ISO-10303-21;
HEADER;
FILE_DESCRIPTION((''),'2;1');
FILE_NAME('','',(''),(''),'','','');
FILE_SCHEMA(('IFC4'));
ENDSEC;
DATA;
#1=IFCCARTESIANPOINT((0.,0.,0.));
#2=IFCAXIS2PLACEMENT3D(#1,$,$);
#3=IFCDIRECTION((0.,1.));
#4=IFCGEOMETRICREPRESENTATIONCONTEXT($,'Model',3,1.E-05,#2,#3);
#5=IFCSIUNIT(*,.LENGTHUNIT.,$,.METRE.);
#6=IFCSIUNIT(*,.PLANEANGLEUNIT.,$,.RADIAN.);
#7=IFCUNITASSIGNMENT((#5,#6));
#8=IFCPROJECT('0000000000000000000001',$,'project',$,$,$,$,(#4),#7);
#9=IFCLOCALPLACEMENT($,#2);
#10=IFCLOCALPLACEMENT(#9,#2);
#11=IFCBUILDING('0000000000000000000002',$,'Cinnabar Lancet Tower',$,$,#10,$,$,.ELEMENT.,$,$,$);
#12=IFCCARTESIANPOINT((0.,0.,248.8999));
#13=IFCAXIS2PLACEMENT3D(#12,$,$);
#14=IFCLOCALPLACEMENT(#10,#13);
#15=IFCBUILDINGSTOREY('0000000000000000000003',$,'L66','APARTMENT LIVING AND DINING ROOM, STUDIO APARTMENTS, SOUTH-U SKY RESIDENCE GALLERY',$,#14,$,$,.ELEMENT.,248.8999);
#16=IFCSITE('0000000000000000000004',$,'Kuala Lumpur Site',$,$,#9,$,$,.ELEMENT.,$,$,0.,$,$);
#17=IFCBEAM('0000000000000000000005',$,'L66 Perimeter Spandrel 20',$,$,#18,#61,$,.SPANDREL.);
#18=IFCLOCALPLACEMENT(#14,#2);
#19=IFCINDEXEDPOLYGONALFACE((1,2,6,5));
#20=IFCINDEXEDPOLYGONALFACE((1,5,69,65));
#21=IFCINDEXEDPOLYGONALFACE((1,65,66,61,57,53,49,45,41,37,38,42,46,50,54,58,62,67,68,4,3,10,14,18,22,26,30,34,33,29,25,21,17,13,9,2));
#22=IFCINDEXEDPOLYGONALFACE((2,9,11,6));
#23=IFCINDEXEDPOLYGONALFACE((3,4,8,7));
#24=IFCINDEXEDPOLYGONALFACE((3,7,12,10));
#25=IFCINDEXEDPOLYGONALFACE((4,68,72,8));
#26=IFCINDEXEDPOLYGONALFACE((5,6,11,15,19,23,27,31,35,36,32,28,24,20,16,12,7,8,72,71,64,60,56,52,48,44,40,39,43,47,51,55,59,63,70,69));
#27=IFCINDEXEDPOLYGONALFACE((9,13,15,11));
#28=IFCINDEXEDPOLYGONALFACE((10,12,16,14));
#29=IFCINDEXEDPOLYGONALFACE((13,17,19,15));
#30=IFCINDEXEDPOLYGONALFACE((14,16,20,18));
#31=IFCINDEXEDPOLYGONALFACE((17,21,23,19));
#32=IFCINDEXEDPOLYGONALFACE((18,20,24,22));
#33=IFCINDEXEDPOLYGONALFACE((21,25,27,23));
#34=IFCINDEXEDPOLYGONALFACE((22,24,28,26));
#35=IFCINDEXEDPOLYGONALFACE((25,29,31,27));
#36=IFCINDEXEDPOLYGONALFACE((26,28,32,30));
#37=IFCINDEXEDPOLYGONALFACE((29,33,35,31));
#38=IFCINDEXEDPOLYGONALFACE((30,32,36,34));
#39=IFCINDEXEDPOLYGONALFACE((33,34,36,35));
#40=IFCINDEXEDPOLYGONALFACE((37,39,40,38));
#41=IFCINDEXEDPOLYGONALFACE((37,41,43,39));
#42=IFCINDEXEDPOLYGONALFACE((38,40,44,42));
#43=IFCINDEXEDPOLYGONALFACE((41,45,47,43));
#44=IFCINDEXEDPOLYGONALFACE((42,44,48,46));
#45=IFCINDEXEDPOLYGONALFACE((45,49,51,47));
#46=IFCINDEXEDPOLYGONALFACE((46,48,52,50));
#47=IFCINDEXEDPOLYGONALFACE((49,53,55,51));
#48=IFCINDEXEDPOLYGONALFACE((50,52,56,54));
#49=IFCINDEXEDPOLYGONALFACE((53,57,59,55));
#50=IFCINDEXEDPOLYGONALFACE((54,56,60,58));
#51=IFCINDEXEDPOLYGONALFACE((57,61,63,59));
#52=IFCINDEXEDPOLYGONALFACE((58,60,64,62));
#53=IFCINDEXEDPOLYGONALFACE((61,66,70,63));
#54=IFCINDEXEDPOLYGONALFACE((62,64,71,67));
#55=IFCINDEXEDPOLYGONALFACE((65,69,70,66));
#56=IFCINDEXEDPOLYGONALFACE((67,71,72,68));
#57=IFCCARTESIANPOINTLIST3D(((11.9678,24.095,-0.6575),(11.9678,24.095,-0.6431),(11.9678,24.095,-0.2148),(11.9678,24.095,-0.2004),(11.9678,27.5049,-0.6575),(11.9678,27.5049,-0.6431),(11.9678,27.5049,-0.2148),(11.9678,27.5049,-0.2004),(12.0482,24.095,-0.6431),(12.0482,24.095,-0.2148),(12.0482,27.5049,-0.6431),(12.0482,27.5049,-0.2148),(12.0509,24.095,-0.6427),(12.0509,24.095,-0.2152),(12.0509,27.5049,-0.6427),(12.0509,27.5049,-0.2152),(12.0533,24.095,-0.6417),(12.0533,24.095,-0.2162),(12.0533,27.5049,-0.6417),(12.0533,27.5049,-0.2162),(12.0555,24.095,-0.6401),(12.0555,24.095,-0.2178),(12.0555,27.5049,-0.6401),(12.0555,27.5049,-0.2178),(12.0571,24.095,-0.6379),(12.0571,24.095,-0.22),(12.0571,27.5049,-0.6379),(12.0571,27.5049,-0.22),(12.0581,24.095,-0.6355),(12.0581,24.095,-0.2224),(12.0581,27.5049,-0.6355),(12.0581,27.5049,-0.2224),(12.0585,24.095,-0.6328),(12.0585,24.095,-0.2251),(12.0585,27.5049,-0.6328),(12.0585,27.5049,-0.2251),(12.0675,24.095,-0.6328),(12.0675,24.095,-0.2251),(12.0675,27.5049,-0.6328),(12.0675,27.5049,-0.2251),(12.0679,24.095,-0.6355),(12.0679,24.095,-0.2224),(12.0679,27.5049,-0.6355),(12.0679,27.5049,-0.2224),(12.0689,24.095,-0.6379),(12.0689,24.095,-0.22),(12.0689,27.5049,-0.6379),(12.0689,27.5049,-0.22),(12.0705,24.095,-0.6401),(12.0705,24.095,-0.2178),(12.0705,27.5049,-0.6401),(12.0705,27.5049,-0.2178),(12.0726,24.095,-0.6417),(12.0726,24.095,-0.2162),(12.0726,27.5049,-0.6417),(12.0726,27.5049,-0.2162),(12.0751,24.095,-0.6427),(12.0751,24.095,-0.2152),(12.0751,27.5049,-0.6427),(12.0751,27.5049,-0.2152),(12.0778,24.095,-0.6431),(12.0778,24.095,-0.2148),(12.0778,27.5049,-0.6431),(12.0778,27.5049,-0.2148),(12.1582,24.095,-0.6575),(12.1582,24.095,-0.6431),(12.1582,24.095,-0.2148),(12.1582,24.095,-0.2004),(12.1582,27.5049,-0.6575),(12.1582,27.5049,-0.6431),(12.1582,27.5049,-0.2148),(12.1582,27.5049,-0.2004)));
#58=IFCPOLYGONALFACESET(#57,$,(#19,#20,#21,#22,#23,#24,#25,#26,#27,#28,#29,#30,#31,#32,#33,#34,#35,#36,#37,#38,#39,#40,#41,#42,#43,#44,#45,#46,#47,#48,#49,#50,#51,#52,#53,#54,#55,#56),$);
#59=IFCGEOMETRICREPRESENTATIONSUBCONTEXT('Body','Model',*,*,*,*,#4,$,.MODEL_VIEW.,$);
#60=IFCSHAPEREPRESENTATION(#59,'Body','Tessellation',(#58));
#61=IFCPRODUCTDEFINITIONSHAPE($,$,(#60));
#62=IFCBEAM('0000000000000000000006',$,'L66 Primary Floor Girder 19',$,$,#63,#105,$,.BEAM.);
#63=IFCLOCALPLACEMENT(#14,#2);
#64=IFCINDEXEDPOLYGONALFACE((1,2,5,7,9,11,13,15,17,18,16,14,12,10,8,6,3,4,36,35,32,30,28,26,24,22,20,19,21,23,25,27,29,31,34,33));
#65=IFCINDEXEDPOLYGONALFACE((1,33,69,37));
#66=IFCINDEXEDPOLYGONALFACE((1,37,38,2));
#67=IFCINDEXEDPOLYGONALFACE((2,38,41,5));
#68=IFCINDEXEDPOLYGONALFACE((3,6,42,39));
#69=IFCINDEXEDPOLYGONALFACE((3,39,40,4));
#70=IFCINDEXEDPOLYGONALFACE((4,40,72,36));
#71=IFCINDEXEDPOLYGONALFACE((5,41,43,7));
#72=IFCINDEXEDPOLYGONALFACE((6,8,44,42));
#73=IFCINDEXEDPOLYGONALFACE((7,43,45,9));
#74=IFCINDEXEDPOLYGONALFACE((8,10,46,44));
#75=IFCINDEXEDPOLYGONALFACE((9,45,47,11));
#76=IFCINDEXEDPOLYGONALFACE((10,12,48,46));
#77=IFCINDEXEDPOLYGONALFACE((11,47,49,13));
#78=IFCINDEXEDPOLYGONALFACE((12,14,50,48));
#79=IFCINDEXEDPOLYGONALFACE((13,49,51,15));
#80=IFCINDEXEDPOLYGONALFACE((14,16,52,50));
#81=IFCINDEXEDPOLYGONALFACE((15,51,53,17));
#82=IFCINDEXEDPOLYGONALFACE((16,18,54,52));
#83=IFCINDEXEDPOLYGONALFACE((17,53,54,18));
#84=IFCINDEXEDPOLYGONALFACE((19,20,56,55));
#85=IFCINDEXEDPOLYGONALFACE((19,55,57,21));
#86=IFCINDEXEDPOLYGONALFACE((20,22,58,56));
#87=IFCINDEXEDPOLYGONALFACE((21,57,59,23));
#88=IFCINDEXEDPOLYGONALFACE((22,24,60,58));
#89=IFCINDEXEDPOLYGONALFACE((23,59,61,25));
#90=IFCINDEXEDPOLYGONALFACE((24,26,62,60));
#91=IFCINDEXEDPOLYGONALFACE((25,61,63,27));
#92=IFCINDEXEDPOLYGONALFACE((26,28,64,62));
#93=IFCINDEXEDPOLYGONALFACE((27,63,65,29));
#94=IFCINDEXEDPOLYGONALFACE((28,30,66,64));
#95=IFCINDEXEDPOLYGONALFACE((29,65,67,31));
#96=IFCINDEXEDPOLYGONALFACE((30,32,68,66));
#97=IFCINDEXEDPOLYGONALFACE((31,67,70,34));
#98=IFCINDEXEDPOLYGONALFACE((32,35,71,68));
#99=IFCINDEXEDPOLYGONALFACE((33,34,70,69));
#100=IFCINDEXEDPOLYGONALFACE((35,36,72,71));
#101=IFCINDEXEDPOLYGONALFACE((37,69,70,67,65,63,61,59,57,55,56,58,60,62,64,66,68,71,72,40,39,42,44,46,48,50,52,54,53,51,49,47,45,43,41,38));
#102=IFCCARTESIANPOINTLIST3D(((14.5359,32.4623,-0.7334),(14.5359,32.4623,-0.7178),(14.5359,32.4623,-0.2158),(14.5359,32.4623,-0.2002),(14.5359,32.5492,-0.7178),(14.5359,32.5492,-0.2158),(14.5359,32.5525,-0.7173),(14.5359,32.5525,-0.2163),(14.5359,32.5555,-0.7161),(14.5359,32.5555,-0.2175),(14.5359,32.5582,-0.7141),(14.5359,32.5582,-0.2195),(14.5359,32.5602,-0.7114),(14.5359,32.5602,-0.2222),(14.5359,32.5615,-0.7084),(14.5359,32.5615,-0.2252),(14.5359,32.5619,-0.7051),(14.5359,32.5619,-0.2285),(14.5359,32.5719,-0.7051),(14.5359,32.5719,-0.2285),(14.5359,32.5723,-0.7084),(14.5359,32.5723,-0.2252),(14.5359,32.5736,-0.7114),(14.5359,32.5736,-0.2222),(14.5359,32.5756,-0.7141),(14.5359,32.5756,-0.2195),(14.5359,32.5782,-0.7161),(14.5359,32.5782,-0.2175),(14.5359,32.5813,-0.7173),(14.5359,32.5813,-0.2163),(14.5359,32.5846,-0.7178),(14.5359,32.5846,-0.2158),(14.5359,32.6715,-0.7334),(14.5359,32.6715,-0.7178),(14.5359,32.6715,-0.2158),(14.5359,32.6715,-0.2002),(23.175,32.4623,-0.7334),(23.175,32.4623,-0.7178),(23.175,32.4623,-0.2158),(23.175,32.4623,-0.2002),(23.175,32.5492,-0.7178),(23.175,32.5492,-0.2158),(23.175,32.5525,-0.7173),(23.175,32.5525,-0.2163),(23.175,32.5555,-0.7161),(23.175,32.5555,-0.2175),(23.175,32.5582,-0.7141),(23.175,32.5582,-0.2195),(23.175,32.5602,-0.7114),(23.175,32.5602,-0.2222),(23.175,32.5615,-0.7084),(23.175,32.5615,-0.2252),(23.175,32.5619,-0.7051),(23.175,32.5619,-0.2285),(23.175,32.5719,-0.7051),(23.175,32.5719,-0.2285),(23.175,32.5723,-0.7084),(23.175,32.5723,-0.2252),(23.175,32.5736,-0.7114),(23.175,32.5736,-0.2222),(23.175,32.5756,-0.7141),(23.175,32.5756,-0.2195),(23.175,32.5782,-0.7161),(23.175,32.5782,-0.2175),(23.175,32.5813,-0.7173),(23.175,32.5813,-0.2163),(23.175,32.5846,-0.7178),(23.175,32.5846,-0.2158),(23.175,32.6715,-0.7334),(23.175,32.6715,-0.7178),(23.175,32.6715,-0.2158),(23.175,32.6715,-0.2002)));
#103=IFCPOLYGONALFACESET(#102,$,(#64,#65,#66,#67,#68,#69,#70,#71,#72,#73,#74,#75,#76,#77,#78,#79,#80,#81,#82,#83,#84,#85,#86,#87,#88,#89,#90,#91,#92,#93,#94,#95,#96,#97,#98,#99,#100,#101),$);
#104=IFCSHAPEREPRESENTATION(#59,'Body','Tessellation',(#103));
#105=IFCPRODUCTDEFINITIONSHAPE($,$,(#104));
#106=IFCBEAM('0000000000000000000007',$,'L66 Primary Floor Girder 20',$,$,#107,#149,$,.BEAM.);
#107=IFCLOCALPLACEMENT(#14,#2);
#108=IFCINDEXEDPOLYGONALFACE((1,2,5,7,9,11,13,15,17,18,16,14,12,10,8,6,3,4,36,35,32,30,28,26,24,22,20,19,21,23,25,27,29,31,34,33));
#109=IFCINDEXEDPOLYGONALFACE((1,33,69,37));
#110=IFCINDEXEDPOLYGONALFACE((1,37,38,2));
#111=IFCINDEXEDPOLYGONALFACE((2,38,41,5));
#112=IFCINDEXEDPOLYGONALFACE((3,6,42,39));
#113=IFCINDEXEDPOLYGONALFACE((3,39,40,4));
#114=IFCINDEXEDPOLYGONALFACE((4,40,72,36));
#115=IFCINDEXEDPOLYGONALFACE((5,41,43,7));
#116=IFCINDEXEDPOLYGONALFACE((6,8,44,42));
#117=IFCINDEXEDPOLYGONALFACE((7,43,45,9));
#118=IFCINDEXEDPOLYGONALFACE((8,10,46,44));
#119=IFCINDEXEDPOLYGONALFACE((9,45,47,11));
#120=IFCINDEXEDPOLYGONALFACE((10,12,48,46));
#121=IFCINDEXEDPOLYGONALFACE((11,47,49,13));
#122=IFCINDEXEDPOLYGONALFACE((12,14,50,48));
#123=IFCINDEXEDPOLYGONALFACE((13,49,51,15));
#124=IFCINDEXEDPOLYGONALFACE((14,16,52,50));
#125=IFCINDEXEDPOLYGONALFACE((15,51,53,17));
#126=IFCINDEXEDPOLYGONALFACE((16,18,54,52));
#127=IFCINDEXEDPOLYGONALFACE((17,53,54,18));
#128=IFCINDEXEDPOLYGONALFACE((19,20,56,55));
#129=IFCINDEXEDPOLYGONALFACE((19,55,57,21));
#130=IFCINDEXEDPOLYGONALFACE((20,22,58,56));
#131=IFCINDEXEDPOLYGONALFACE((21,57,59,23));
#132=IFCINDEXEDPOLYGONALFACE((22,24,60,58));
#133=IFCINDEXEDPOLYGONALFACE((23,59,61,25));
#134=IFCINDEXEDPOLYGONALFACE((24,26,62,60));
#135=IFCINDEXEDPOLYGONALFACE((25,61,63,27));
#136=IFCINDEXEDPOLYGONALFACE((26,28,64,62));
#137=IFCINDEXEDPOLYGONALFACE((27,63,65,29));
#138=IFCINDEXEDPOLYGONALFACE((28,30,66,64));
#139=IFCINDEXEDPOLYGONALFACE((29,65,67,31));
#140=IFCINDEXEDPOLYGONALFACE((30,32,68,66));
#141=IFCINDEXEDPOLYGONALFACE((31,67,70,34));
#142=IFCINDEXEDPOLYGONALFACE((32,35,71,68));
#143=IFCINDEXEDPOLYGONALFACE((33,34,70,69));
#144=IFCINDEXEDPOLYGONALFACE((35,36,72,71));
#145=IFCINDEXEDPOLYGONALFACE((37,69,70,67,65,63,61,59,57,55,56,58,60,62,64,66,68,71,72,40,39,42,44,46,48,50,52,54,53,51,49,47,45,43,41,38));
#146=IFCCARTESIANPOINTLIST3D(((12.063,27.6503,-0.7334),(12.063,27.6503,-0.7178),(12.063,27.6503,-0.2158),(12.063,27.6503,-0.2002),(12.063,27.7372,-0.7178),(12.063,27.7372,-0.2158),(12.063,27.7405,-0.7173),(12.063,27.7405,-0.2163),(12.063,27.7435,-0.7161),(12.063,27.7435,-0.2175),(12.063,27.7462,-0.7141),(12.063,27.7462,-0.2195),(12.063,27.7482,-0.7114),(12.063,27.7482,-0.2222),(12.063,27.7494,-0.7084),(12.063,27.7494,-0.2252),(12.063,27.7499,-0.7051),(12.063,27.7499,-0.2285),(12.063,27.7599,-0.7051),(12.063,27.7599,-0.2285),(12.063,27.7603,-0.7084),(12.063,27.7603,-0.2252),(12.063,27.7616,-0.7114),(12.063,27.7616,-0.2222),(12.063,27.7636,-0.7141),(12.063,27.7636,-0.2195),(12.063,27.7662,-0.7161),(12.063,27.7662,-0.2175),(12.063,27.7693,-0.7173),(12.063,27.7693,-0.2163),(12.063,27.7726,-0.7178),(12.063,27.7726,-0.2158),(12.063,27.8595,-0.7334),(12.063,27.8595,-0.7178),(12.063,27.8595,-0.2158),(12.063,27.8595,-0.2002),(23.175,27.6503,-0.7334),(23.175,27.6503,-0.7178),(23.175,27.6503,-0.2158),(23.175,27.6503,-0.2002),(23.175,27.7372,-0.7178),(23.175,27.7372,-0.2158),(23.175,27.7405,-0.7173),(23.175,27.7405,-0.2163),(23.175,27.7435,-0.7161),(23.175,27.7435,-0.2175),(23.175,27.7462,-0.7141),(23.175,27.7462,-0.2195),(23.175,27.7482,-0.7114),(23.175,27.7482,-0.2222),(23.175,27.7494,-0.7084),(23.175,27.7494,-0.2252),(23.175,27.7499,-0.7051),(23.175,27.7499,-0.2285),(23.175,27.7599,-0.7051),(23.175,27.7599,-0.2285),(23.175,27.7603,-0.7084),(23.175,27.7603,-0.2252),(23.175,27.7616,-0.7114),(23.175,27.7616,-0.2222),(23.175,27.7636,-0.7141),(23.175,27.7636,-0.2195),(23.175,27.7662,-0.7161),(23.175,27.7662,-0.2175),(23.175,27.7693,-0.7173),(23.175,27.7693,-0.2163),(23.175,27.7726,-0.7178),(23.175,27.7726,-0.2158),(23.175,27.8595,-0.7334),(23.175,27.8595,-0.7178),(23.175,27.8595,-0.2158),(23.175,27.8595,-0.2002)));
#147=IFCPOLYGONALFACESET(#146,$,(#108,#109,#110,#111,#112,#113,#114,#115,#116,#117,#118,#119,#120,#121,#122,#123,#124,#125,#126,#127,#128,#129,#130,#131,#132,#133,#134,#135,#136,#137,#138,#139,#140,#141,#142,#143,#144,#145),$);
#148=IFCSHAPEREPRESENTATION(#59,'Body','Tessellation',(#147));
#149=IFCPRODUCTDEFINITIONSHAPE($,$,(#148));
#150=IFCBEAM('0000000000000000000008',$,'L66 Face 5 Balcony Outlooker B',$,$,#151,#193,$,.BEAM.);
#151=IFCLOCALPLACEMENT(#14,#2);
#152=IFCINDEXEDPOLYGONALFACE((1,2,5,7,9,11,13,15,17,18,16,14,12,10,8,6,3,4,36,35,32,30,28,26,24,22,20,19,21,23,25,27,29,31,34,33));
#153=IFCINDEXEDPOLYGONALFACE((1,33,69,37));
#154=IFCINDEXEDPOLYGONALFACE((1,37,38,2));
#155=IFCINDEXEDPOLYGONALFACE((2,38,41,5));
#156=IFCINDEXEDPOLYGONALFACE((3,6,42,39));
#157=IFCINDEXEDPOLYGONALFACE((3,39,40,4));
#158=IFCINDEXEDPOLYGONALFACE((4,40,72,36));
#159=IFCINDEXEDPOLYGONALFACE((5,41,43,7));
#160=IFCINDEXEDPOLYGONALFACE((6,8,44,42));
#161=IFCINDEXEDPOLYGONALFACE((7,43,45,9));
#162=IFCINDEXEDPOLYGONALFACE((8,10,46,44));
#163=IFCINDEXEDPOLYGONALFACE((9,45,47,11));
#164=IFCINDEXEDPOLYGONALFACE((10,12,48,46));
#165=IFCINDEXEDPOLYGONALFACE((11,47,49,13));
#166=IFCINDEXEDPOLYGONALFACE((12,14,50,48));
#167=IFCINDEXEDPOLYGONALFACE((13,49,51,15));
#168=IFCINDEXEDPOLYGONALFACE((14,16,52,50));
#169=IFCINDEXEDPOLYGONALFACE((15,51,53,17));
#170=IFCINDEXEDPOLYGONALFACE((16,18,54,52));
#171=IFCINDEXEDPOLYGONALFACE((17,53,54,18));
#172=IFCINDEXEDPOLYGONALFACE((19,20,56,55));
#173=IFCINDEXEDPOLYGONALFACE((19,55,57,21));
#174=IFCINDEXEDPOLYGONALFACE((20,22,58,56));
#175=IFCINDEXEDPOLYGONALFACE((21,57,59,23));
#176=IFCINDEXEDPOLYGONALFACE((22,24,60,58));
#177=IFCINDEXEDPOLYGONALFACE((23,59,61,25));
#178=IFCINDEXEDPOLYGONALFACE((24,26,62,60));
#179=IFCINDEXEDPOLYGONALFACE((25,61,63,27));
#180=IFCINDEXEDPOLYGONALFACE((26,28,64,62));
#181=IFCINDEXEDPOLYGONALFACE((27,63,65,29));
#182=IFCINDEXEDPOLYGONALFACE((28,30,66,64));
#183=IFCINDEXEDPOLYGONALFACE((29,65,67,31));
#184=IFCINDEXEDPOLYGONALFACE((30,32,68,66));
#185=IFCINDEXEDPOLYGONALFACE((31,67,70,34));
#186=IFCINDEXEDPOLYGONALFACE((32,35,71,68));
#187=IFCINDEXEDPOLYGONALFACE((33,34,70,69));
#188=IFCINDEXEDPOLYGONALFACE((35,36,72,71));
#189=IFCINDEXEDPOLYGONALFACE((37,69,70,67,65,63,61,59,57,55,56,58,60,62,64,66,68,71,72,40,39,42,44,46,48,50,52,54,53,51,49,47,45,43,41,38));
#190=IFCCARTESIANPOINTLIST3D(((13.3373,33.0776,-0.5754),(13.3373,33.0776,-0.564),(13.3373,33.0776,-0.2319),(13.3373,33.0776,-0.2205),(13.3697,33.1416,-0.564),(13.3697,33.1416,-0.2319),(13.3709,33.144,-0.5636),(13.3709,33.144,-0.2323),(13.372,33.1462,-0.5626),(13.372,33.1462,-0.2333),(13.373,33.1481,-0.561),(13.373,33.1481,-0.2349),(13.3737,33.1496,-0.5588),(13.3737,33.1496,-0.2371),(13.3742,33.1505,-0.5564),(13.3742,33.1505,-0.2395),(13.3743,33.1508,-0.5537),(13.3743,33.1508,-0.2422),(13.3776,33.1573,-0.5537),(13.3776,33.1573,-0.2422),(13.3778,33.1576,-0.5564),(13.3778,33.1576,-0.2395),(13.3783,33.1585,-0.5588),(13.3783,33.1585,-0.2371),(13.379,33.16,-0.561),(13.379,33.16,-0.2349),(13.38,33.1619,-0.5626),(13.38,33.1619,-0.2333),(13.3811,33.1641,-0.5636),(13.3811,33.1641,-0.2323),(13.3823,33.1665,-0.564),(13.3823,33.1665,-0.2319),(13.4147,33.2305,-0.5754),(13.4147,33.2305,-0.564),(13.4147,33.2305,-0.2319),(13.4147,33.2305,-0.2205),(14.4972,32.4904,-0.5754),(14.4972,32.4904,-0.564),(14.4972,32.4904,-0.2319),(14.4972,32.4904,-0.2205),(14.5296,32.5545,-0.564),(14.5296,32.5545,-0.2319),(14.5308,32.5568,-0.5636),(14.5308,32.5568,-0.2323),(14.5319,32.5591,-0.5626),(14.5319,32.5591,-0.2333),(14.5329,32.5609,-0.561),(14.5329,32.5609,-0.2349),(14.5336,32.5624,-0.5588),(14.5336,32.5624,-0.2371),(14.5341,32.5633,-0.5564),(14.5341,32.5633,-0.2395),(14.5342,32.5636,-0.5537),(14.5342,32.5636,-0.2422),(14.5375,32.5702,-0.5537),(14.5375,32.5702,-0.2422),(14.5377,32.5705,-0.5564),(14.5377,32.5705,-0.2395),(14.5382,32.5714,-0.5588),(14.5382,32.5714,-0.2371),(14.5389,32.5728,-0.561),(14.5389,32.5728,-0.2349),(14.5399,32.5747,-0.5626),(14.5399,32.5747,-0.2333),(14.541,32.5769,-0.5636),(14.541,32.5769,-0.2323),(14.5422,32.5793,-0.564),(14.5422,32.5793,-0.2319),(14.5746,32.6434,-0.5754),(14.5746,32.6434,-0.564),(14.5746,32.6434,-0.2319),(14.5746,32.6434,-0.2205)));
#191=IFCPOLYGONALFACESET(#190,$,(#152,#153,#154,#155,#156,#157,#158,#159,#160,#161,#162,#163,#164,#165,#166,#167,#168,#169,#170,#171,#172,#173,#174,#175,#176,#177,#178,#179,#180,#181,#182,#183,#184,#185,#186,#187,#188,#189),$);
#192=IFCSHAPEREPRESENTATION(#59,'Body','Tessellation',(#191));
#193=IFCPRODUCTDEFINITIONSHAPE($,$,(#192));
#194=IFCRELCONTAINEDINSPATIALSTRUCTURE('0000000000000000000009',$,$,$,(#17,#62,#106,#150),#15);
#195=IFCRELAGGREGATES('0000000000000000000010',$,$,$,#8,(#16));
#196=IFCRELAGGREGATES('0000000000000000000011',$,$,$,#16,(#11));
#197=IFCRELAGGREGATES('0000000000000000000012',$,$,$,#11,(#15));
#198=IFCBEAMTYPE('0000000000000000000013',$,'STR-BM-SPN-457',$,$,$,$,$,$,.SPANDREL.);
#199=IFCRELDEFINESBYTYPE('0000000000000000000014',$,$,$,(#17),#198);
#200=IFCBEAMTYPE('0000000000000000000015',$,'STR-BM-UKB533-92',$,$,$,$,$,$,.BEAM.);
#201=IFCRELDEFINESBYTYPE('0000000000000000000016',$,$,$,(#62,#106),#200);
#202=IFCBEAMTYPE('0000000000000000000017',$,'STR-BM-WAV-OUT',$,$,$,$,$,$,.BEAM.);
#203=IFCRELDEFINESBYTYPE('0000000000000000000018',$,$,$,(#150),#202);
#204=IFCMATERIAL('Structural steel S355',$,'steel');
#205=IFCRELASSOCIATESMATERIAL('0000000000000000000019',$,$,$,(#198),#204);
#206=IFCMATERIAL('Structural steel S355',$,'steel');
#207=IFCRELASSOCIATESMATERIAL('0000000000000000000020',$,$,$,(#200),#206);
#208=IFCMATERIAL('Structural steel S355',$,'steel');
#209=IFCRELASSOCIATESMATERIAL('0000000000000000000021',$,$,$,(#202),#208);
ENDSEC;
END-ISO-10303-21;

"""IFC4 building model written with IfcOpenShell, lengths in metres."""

from ifc_helpers import new_model, si_unit, direction, frame, origin, origin_2d, place, context, subcontext, project, spatial, i_section, extrude, material, material_profile, profile_set, type_object, element, save


model = new_model("IFC4")

# Units and contexts
model_context = context("Model", 3, precision=1e-05, world=origin(), true_north=direction((0.0, 1.0)))
body_context = subcontext(model_context, "Body", "Model", "MODEL_VIEW")
ifc_project = project(units=[si_unit("LENGTHUNIT", "METRE"), si_unit("PLANEANGLEUNIT", "RADIAN")], contexts=[model_context])

# Site, building, storey
site_placement = place(None, origin())
site = spatial("IfcSite", under=ifc_project, at=site_placement, Name="Kuala Lumpur Site", CompositionType="ELEMENT", RefElevation=0.0)
building_placement = place(site_placement, origin())
building = spatial("IfcBuilding", under=site, at=building_placement, Name="Cinnabar Lancet Tower", CompositionType="ELEMENT")
storey_placement = place(building_placement, frame((0.0, 0.0, 248.8999)))
storey = spatial("IfcBuildingStorey", under=building, at=storey_placement, Name="L66", Description="APARTMENT LIVING AND DINING ROOM, STUDIO APARTMENTS, SOUTH-U SKY RESIDENCE GALLERY", CompositionType="ELEMENT", Elevation=248.8999)

# Beams
ifc_material_1 = material(Name="Structural steel S355", Category="steel")
ifc_material_profile_1 = material_profile(ifc_material_1, i_section(OverallWidth=0.1904, OverallDepth=0.457, WebThickness=0.009, FlangeThickness=0.0144, FilletRadius=0.0103, at=origin_2d()), Name="UKB 457x191x74")
ifc_profile_set_1 = profile_set([ifc_material_profile_1], Name="Structural steel S355")
beam_type_1 = type_object("IfcBeamType", Name="STR-BM-SPN-457", PredefinedType="SPANDREL", material=ifc_profile_set_1)
beam_1_placement = place(storey_placement, frame((12.063, 27.5049, -0.429), z_axis=(0.0, -1.0, 0.0), x_axis=(1.0, 0.0, 0.0)))
element("IfcBeam", 1, at=beam_1_placement, inside=storey, type_object=beam_type_1, Name="L66 Perimeter Spandrel 20", PredefinedType="SPANDREL", context=body_context, shape_type="SweptSolid", body=[
    extrude(i_section(OverallWidth=0.1904, OverallDepth=0.457, WebThickness=0.009, FlangeThickness=0.0144, FilletRadius=0.0103, at=origin_2d()), origin(), (0.0, 0.0, 1.0), 3.4099),
])
ifc_material_2 = material(Name="Structural steel S355", Category="steel")
ifc_material_profile_2 = material_profile(ifc_material_2, i_section(OverallWidth=0.2092, OverallDepth=0.5332, WebThickness=0.01, FlangeThickness=0.0156, FilletRadius=0.0127, at=origin_2d()), Name="UKB 533x210x92")
ifc_profile_set_2 = profile_set([ifc_material_profile_2], Name="Structural steel S355")
beam_type_2 = type_object("IfcBeamType", Name="STR-BM-UKB533-92", PredefinedType="BEAM", material=ifc_profile_set_2)
beam_2_placement = place(storey_placement, frame((14.5359, 32.5669, -0.4668), z_axis=(1.0, 0.0, 0.0), x_axis=(0.0, 1.0, 0.0)))
element("IfcBeam", 2, at=beam_2_placement, inside=storey, type_object=beam_type_2, Name="L66 Primary Floor Girder 19", PredefinedType="BEAM", context=body_context, shape_type="SweptSolid", body=[
    extrude(i_section(OverallWidth=0.2092, OverallDepth=0.5332, WebThickness=0.01, FlangeThickness=0.0156, FilletRadius=0.0127, at=origin_2d()), origin(), (0.0, 0.0, 1.0), 8.6392),
])
beam_3_placement = place(storey_placement, frame((12.063, 27.7549, -0.4668), z_axis=(1.0, 0.0, 0.0), x_axis=(0.0, 1.0, 0.0)))
element("IfcBeam", 3, at=beam_3_placement, inside=storey, type_object=beam_type_2, Name="L66 Primary Floor Girder 20", PredefinedType="BEAM", context=body_context, shape_type="SweptSolid", body=[
    extrude(i_section(OverallWidth=0.2092, OverallDepth=0.5332, WebThickness=0.01, FlangeThickness=0.0156, FilletRadius=0.0127, at=origin_2d()), origin(), (0.0, 0.0, 1.0), 11.1121),
])
ifc_material_3 = material(Name="Structural steel S355", Category="steel")
ifc_material_profile_3 = material_profile(ifc_material_3, i_section(OverallWidth=0.1714, OverallDepth=0.355, WebThickness=0.0073, FlangeThickness=0.0115, FilletRadius=0.0103, at=origin_2d()), Name="UKB 356x171x51")
ifc_profile_set_3 = profile_set([ifc_material_profile_3], Name="Structural steel S355")
beam_type_3 = type_object("IfcBeamType", Name="STR-BM-WAV-OUT", PredefinedType="BEAM", material=ifc_profile_set_3)
beam_4_placement = place(storey_placement, frame((14.5359, 32.5669, -0.3979), z_axis=(-0.8922, 0.45164, 0.0), x_axis=(-0.45164, -0.8922, 0.0)))
element("IfcBeam", 4, at=beam_4_placement, inside=storey, type_object=beam_type_3, Name="L66 Face 5 Balcony Outlooker B", PredefinedType="BEAM", context=body_context, shape_type="SweptSolid", body=[
    extrude(i_section(OverallWidth=0.1714, OverallDepth=0.355, WebThickness=0.0073, FlangeThickness=0.0115, FilletRadius=0.0103, at=origin_2d()), origin(), (0.0, 0.0, 1.0), 1.3),
])

save(model, "model.ifc")
